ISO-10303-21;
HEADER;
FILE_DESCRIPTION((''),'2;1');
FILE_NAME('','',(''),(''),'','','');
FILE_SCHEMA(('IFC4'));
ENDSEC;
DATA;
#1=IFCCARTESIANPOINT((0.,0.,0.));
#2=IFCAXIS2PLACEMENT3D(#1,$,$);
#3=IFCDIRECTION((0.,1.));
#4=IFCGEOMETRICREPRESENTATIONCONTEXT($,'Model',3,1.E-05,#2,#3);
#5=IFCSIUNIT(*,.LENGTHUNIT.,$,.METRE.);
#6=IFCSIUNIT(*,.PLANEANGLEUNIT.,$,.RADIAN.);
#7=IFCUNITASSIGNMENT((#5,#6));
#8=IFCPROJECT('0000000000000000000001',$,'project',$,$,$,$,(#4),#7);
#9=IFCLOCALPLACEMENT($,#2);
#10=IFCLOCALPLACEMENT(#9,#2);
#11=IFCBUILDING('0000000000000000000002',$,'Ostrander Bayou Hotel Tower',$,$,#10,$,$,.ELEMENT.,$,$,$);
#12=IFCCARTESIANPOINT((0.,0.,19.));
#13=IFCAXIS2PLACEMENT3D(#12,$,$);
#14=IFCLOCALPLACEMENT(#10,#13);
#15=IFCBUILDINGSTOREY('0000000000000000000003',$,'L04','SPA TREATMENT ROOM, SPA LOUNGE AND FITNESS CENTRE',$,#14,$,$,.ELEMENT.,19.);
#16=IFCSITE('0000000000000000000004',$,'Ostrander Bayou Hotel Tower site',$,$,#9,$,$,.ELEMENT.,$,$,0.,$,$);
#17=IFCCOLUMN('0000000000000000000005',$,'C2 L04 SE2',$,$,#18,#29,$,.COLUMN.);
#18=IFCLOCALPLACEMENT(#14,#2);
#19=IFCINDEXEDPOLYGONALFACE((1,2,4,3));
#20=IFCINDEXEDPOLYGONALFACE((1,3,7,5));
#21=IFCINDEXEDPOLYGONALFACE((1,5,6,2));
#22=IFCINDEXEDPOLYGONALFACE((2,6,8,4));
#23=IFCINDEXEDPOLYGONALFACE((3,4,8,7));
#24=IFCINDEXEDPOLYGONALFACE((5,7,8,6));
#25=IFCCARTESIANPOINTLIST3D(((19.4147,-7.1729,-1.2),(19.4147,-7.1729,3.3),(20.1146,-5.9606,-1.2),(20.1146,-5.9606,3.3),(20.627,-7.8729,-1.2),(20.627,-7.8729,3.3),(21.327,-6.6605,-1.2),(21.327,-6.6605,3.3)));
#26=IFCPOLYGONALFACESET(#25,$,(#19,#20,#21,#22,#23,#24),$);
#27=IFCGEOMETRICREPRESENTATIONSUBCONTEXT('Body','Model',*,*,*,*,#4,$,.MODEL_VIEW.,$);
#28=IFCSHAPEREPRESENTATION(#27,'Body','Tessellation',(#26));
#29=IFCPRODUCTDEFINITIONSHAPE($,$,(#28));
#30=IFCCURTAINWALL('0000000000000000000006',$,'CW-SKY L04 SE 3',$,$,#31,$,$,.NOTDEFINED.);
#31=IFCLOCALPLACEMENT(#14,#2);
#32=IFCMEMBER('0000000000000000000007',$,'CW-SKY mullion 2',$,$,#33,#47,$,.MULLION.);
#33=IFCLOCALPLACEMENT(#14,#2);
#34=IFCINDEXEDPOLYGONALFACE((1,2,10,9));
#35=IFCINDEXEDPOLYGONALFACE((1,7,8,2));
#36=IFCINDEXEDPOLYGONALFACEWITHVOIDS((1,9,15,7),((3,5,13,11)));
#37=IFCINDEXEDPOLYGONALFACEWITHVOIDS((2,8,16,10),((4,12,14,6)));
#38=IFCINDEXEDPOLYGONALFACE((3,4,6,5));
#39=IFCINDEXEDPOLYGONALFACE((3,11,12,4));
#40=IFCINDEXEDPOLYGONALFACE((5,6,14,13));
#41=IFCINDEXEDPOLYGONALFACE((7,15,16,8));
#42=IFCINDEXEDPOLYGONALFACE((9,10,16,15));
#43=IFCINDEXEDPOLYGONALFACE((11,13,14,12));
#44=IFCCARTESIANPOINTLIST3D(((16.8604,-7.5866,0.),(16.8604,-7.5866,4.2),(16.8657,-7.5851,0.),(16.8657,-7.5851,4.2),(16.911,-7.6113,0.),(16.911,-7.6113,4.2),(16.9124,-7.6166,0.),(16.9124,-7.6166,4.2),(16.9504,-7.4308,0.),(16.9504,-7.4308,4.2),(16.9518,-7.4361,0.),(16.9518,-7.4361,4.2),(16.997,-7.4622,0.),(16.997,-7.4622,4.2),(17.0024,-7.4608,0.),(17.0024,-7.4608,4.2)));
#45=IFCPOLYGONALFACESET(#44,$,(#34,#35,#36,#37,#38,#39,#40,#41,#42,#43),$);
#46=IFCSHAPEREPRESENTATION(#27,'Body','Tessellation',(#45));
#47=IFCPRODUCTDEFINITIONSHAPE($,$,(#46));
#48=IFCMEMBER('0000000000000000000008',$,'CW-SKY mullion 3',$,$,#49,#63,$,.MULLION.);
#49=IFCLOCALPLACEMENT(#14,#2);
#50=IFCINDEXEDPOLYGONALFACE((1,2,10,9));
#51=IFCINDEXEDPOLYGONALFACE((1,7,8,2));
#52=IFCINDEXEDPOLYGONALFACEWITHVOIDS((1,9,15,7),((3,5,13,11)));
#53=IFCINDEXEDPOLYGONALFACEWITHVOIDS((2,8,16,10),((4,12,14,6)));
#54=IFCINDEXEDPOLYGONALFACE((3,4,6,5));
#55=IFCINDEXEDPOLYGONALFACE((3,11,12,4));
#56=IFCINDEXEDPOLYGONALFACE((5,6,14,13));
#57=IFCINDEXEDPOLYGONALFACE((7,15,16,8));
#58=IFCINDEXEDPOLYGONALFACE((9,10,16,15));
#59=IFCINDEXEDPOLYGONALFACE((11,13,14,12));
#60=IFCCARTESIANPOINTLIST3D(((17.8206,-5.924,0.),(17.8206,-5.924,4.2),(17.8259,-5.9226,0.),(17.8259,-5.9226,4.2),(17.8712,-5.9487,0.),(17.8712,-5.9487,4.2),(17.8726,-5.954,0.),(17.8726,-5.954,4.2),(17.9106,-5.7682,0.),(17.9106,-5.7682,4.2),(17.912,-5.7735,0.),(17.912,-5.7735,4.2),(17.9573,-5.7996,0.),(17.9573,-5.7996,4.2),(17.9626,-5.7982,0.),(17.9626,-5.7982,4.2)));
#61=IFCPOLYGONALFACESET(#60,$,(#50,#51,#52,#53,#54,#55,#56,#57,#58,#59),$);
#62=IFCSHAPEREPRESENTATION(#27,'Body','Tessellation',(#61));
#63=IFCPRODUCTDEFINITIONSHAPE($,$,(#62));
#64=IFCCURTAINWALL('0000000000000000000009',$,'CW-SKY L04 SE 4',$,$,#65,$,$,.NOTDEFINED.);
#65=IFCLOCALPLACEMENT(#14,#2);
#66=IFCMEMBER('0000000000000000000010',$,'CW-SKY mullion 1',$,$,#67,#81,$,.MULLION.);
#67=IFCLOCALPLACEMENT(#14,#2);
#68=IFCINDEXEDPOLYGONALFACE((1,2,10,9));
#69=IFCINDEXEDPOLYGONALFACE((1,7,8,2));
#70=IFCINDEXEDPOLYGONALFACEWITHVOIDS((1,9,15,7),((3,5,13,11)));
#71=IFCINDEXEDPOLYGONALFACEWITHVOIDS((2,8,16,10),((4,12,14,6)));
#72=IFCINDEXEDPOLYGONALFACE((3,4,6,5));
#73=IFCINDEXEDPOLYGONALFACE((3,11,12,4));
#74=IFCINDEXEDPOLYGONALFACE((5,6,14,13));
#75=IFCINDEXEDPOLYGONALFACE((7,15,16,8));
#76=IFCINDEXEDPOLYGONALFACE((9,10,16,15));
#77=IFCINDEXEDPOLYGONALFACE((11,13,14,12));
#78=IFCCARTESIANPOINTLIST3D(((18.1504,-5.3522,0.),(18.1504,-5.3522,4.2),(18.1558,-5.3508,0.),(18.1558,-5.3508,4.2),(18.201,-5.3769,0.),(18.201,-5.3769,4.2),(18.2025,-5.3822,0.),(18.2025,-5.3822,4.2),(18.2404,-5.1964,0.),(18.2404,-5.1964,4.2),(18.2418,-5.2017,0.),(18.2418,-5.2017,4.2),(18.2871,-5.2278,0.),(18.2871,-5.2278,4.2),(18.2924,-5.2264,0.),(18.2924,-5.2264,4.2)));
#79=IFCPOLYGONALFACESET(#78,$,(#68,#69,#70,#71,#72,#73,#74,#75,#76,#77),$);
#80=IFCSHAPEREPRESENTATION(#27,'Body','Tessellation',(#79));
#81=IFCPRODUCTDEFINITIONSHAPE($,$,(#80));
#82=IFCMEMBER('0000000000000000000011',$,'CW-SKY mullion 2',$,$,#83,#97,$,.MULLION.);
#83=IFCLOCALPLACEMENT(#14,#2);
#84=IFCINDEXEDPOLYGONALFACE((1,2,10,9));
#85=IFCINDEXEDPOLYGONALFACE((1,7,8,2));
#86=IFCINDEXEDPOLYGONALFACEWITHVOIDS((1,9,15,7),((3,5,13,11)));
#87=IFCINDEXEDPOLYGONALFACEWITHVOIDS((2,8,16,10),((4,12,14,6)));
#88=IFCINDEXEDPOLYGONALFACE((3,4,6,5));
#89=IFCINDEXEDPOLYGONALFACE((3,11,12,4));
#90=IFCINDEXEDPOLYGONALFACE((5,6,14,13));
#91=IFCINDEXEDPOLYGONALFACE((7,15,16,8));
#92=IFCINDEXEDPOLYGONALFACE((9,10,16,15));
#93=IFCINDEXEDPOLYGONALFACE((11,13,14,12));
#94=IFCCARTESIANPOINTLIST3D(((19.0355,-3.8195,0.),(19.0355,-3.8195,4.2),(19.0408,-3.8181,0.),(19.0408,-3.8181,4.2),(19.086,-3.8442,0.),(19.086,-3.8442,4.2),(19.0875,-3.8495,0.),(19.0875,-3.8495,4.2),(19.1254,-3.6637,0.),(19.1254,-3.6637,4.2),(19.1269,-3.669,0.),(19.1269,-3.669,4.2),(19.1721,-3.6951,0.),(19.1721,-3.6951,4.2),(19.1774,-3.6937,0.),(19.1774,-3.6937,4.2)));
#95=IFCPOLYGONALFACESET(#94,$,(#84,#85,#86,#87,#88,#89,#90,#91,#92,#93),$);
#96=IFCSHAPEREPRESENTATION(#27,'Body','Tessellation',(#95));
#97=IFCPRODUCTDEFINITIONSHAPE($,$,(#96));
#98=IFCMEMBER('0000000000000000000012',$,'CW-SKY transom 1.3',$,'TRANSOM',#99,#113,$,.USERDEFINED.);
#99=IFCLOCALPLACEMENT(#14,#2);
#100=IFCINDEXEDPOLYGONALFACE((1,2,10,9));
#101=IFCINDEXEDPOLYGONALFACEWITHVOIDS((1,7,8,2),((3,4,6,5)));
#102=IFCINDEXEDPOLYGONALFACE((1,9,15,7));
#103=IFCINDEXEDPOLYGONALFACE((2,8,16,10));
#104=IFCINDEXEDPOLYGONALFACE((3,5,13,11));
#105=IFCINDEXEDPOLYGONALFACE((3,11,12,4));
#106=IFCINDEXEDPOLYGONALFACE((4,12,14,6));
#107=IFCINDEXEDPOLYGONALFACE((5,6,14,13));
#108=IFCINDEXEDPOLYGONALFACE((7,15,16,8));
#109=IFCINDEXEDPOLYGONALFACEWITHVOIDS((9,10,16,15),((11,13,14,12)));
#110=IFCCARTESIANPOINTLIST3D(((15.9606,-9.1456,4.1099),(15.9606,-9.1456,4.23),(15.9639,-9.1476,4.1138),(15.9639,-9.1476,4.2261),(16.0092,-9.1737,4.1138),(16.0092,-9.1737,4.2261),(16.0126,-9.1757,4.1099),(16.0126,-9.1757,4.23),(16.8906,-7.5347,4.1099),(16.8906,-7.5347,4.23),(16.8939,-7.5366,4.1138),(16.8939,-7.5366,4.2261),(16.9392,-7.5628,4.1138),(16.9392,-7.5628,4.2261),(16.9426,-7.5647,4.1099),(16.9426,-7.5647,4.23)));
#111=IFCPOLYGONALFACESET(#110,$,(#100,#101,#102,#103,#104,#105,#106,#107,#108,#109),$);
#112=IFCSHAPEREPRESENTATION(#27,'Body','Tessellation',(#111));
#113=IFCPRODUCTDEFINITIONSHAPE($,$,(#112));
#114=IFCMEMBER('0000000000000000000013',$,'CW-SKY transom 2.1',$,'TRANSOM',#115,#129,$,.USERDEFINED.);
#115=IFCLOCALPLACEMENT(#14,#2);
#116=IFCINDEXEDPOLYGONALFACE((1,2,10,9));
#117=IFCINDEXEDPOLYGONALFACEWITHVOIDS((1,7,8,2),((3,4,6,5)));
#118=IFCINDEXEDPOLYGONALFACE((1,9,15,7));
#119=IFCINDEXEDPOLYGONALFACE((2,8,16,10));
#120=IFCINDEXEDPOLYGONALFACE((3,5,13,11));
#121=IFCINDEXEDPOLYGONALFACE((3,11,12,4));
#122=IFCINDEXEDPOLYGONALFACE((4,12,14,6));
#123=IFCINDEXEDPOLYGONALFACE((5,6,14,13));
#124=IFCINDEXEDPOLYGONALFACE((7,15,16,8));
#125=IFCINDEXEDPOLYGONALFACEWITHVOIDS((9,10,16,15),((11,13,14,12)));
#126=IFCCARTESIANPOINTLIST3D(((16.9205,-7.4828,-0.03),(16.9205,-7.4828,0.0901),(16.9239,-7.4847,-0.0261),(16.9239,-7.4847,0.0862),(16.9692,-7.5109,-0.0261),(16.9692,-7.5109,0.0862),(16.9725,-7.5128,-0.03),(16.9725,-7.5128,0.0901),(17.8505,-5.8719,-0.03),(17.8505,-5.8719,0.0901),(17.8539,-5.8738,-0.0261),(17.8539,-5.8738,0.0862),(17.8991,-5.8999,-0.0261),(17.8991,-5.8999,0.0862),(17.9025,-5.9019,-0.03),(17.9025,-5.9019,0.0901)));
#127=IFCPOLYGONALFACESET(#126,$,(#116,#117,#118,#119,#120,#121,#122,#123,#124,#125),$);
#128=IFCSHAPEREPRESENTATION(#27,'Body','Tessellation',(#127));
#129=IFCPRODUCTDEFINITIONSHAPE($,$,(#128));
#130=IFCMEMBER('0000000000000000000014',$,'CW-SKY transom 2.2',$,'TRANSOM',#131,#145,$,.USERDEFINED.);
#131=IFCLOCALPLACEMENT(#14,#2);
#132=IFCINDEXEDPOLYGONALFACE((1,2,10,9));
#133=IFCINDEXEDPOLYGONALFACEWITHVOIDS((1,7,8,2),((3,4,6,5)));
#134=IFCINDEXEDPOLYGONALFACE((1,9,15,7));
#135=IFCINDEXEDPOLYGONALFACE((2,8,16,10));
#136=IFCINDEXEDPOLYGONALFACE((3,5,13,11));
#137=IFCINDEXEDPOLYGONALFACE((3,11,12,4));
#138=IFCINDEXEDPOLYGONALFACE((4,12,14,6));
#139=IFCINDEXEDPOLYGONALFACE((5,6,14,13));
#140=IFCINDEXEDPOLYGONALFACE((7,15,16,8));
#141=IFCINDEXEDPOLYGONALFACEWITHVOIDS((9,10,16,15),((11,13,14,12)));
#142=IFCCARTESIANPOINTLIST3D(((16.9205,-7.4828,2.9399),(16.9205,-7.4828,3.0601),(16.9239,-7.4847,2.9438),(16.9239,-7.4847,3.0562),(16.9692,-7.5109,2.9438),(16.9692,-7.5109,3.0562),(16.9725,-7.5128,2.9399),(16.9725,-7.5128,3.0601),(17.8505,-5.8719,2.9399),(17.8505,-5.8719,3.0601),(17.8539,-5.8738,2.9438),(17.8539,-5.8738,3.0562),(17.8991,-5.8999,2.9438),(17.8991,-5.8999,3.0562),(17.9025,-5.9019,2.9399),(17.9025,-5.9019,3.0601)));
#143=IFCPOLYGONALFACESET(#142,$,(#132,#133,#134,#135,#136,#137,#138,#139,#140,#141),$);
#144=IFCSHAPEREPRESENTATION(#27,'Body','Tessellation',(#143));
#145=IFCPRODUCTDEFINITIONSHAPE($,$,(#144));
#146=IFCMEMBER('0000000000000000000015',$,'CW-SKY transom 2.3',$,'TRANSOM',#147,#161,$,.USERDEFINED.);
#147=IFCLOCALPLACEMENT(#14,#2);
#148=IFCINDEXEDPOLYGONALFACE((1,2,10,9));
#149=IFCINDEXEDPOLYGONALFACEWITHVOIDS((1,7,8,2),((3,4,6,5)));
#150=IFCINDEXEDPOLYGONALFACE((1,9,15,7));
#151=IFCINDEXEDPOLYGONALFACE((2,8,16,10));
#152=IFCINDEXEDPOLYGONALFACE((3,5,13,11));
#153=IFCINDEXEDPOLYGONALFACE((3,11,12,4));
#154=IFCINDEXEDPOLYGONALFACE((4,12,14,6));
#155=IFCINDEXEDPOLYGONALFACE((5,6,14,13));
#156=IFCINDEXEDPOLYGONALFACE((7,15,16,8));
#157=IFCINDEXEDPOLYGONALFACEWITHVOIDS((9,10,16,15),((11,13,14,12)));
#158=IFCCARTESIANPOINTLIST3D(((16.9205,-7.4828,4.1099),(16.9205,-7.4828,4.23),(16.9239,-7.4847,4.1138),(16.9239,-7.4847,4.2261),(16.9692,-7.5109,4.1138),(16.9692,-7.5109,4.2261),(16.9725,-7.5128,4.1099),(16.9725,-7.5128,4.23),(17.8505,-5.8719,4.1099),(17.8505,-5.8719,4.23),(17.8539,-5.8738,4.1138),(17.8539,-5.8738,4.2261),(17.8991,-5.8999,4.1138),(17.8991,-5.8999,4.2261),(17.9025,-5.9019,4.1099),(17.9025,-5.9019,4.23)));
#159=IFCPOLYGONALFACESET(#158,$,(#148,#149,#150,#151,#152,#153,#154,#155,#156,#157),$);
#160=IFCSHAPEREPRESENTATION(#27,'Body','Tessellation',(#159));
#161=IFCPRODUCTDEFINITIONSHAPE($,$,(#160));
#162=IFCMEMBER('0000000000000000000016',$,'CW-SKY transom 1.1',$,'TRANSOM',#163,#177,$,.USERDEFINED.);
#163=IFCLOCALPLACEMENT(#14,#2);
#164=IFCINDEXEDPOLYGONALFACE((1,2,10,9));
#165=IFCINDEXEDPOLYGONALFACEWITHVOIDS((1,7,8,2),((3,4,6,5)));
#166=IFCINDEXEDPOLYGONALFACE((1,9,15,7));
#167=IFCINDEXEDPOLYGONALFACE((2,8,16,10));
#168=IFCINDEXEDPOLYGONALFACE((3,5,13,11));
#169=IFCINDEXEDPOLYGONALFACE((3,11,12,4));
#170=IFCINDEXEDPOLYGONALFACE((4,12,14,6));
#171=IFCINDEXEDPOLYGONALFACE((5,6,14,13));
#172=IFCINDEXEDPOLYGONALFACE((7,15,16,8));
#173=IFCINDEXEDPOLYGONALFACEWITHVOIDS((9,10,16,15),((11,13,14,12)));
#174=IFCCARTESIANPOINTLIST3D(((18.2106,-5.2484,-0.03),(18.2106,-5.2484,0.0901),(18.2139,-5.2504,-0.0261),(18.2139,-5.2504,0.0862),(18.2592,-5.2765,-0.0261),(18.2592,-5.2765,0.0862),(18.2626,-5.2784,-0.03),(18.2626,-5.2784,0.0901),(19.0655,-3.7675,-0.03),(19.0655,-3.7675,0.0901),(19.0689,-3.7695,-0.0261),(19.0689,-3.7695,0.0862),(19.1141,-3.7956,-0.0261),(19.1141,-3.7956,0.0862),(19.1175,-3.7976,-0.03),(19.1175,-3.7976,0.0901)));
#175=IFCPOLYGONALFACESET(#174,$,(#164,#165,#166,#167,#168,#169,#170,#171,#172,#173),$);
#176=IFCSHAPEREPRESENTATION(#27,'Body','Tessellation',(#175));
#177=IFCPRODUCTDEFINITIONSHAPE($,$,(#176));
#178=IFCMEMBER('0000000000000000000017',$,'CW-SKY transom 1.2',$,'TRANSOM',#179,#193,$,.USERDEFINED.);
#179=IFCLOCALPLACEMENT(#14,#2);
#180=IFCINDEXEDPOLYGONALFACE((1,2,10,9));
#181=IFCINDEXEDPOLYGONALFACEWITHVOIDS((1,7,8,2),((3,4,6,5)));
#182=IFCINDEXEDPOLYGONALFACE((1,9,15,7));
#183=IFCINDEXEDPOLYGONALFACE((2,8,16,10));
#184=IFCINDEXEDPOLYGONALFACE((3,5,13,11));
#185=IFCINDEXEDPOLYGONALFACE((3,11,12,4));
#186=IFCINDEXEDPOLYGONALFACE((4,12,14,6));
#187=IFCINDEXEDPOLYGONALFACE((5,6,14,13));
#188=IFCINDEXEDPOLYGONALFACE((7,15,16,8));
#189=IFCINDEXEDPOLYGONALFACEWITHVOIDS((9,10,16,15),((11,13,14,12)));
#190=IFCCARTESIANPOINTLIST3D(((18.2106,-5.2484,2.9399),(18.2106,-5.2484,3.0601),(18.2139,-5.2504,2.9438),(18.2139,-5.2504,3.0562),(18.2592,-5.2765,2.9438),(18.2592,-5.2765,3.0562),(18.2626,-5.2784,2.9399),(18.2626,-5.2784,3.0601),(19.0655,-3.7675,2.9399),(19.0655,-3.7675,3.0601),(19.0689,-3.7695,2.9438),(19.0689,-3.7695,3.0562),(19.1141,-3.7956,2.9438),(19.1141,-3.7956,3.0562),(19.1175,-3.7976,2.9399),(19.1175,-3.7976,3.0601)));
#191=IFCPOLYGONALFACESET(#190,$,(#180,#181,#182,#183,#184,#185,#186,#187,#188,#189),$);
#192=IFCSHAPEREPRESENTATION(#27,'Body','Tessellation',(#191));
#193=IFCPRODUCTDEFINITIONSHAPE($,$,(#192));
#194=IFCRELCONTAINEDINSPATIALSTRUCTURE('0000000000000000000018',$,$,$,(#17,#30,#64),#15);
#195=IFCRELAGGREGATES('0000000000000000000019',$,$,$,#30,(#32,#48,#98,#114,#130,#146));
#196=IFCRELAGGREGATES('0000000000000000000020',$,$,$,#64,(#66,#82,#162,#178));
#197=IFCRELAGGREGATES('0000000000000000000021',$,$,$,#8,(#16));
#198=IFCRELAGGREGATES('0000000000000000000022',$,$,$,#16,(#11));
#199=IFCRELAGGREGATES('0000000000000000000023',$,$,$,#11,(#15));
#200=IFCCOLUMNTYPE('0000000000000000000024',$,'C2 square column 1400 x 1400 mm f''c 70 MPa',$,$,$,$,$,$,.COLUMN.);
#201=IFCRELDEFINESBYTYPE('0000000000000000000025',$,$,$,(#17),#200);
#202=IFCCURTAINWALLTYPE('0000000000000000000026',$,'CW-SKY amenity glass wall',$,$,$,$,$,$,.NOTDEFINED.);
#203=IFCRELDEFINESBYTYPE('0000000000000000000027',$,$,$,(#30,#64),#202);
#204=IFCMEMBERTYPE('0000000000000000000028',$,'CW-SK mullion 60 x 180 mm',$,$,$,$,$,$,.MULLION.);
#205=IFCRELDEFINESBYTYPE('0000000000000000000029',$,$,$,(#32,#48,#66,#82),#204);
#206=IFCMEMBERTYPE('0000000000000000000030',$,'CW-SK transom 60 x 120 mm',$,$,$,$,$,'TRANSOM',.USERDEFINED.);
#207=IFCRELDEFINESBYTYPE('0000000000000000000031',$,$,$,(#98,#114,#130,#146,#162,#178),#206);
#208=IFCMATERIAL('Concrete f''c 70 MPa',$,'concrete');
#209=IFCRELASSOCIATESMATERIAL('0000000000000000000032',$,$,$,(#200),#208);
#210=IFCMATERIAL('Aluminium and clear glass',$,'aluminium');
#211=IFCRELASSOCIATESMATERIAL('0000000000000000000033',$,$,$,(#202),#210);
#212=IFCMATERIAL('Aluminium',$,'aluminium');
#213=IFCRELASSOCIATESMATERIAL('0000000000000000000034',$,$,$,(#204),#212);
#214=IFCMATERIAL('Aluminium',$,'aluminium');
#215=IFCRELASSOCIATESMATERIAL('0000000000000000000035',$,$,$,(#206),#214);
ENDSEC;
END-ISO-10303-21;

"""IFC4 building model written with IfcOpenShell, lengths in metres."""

from ifc_helpers import new_model, si_unit, direction, frame, origin, origin_2d, place, context, subcontext, project, spatial, rectangle, hollow_rectangle, extrude, material, material_profile, profile_set, type_object, element, aggregate, save


model = new_model("IFC4")

# Units and contexts
model_context = context("Model", 3, precision=1e-05, world=origin(), true_north=direction((0.0, 1.0)))
body_context = subcontext(model_context, "Body", "Model", "MODEL_VIEW")
ifc_project = project(units=[si_unit("LENGTHUNIT", "METRE"), si_unit("PLANEANGLEUNIT", "RADIAN")], contexts=[model_context])

# Site, building, storey
site_placement = place(None, origin())
site = spatial("IfcSite", under=ifc_project, at=site_placement, Name="Ostrander Bayou Hotel Tower site", CompositionType="ELEMENT", RefElevation=0.0)
building_placement = place(site_placement, origin())
building = spatial("IfcBuilding", under=site, at=building_placement, Name="Ostrander Bayou Hotel Tower", CompositionType="ELEMENT")
storey_placement = place(building_placement, frame((0.0, 0.0, 19.0)))
storey = spatial("IfcBuildingStorey", under=building, at=storey_placement, Name="L04", Description="SPA TREATMENT ROOM, SPA LOUNGE AND FITNESS CENTRE", CompositionType="ELEMENT", Elevation=19.0)

# Column
ifc_material_1 = material(Name="Concrete f'c 70 MPa", Category="concrete")
ifc_material_profile_1 = material_profile(ifc_material_1, rectangle(XDim=1.3999, YDim=1.3999, at=origin_2d()))
ifc_profile_set_1 = profile_set([ifc_material_profile_1], Name="Concrete f'c 70 MPa")
column_type = type_object("IfcColumnType", Name="C2 square column 1400 x 1400 mm f'c 70 MPa", PredefinedType="COLUMN", material=ifc_profile_set_1)
column_placement = place(storey_placement, frame((20.3708, -6.9167, -1.2), z_axis=(0.0, 0.0, 1.0), x_axis=(-0.5, -0.866025, 0.0)))
element("IfcColumn", 1, at=column_placement, inside=storey, type_object=column_type, Name="C2 L04 SE2", PredefinedType="COLUMN", context=body_context, shape_type="SweptSolid", body=[
    extrude(rectangle(XDim=1.3999, YDim=1.3999, at=origin_2d()), origin(), (0.0, 0.0, 1.0), 4.5),
])

# Curtain walls, members
ifc_material_2 = material(Name="Aluminium and clear glass", Category="aluminium")
curtain_wall_type = type_object("IfcCurtainWallType", Name="CW-SKY amenity glass wall", PredefinedType="NOTDEFINED", material=ifc_material_2)
curtain_wall_1_placement = place(storey_placement, origin())
curtain_wall_1 = element("IfcCurtainWall", 2, at=curtain_wall_1_placement, inside=storey, type_object=curtain_wall_type, Name="CW-SKY L04 SE 3", PredefinedType="NOTDEFINED")
ifc_material_3 = material(Name="Aluminium", Category="aluminium")
ifc_material_profile_2 = material_profile(ifc_material_3, hollow_rectangle(XDim=0.0601, YDim=0.1799, WallThickness=0.0039, at=origin_2d()))
ifc_profile_set_2 = profile_set([ifc_material_profile_2], Name="Aluminium")
member_type_1 = type_object("IfcMemberType", Name="CW-SK mullion 60 x 180 mm", PredefinedType="MULLION", material=ifc_profile_set_2)
member_1_placement = place(storey_placement, frame((16.9314, -7.5237, 0.0), z_axis=(0.0, 0.0, 1.0), x_axis=(-0.866025, 0.5, 0.0)))
member_1 = element("IfcMember", 3, at=member_1_placement, type_object=member_type_1, Name="CW-SKY mullion 2", PredefinedType="MULLION", context=body_context, shape_type="SweptSolid", body=[
    extrude(hollow_rectangle(XDim=0.0601, YDim=0.1799, WallThickness=0.0039, at=origin_2d()), origin(), (0.0, 0.0, 1.0), 4.2),
])
member_2_placement = place(storey_placement, frame((17.8916, -5.8611, 0.0), z_axis=(0.0, 0.0, 1.0), x_axis=(-0.866025, 0.5, 0.0)))
member_2 = element("IfcMember", 4, at=member_2_placement, type_object=member_type_1, Name="CW-SKY mullion 3", PredefinedType="MULLION", context=body_context, shape_type="SweptSolid", body=[
    extrude(hollow_rectangle(XDim=0.0601, YDim=0.1799, WallThickness=0.0039, at=origin_2d()), origin(), (0.0, 0.0, 1.0), 4.2),
])
curtain_wall_2_placement = place(storey_placement, origin())
curtain_wall_2 = element("IfcCurtainWall", 5, at=curtain_wall_2_placement, inside=storey, type_object=curtain_wall_type, Name="CW-SKY L04 SE 4", PredefinedType="NOTDEFINED")
member_3_placement = place(storey_placement, frame((18.2214, -5.2893, 0.0), z_axis=(0.0, 0.0, 1.0), x_axis=(-0.866026, 0.499999, 0.0)))
member_3 = element("IfcMember", 6, at=member_3_placement, type_object=member_type_1, Name="CW-SKY mullion 1", PredefinedType="MULLION", context=body_context, shape_type="SweptSolid", body=[
    extrude(hollow_rectangle(XDim=0.0601, YDim=0.1799, WallThickness=0.0039, at=origin_2d()), origin(), (0.0, 0.0, 1.0), 4.2),
])
member_4_placement = place(storey_placement, frame((19.1064, -3.7566, 0.0), z_axis=(0.0, 0.0, 1.0), x_axis=(-0.866026, 0.499999, 0.0)))
member_4 = element("IfcMember", 7, at=member_4_placement, type_object=member_type_1, Name="CW-SKY mullion 2", PredefinedType="MULLION", context=body_context, shape_type="SweptSolid", body=[
    extrude(hollow_rectangle(XDim=0.0601, YDim=0.1799, WallThickness=0.0039, at=origin_2d()), origin(), (0.0, 0.0, 1.0), 4.2),
])

# Members
ifc_material_4 = material(Name="Aluminium", Category="aluminium")
ifc_material_profile_3 = material_profile(ifc_material_4, hollow_rectangle(XDim=0.0601, YDim=0.1201, WallThickness=0.0039, at=origin_2d()))
ifc_profile_set_3 = profile_set([ifc_material_profile_3], Name="Aluminium")
member_type_2 = type_object("IfcMemberType", Name="CW-SK transom 60 x 120 mm", ElementType="TRANSOM", PredefinedType="USERDEFINED", material=ifc_profile_set_3)
member_5_placement = place(storey_placement, frame((15.9866, -9.1606, 4.1699), z_axis=(0.499965, 0.866046, 0.0), x_axis=(-0.866046, 0.499965, 0.0)))
member_5 = element("IfcMember", 8, at=member_5_placement, type_object=member_type_2, Name="CW-SKY transom 1.3", ObjectType="TRANSOM", PredefinedType="USERDEFINED", context=body_context, shape_type="SweptSolid", body=[
    extrude(hollow_rectangle(XDim=0.0601, YDim=0.1201, WallThickness=0.0039, at=origin_2d()), origin(), (0.0, 0.0, 1.0), 1.8601),
])
member_6_placement = place(storey_placement, frame((16.9465, -7.4978, 0.03), z_axis=(0.499965, 0.866046, 0.0), x_axis=(-0.866046, 0.499965, 0.0)))
member_6 = element("IfcMember", 9, at=member_6_placement, type_object=member_type_2, Name="CW-SKY transom 2.1", ObjectType="TRANSOM", PredefinedType="USERDEFINED", context=body_context, shape_type="SweptSolid", body=[
    extrude(hollow_rectangle(XDim=0.0601, YDim=0.1201, WallThickness=0.0039, at=origin_2d()), origin(), (0.0, 0.0, 1.0), 1.8601),
])
member_7_placement = place(storey_placement, frame((16.9465, -7.4978, 3.0), z_axis=(0.499965, 0.866046, 0.0), x_axis=(-0.866046, 0.499965, 0.0)))
member_7 = element("IfcMember", 10, at=member_7_placement, type_object=member_type_2, Name="CW-SKY transom 2.2", ObjectType="TRANSOM", PredefinedType="USERDEFINED", context=body_context, shape_type="SweptSolid", body=[
    extrude(hollow_rectangle(XDim=0.0601, YDim=0.1201, WallThickness=0.0039, at=origin_2d()), origin(), (0.0, 0.0, 1.0), 1.8601),
])
member_8_placement = place(storey_placement, frame((16.9465, -7.4978, 4.1699), z_axis=(0.499965, 0.866046, 0.0), x_axis=(-0.866046, 0.499965, 0.0)))
member_8 = element("IfcMember", 11, at=member_8_placement, type_object=member_type_2, Name="CW-SKY transom 2.3", ObjectType="TRANSOM", PredefinedType="USERDEFINED", context=body_context, shape_type="SweptSolid", body=[
    extrude(hollow_rectangle(XDim=0.0601, YDim=0.1201, WallThickness=0.0039, at=origin_2d()), origin(), (0.0, 0.0, 1.0), 1.8601),
])
member_9_placement = place(storey_placement, frame((18.2366, -5.2634, 0.03), z_axis=(0.499978, 0.866038, 0.0), x_axis=(-0.866038, 0.499978, 0.0)))
member_9 = element("IfcMember", 12, at=member_9_placement, type_object=member_type_2, Name="CW-SKY transom 1.1", ObjectType="TRANSOM", PredefinedType="USERDEFINED", context=body_context, shape_type="SweptSolid", body=[
    extrude(hollow_rectangle(XDim=0.0601, YDim=0.1201, WallThickness=0.0039, at=origin_2d()), origin(), (0.0, 0.0, 1.0), 1.71),
])
member_10_placement = place(storey_placement, frame((18.2366, -5.2634, 3.0), z_axis=(0.499978, 0.866038, 0.0), x_axis=(-0.866038, 0.499978, 0.0)))
member_10 = element("IfcMember", 13, at=member_10_placement, type_object=member_type_2, Name="CW-SKY transom 1.2", ObjectType="TRANSOM", PredefinedType="USERDEFINED", context=body_context, shape_type="SweptSolid", body=[
    extrude(hollow_rectangle(XDim=0.0601, YDim=0.1201, WallThickness=0.0039, at=origin_2d()), origin(), (0.0, 0.0, 1.0), 1.71),
])

aggregate(curtain_wall_1, [member_1, member_2, member_5, member_6, member_7, member_8])
aggregate(curtain_wall_2, [member_3, member_4, member_9, member_10])

save(model, "model.ifc")
